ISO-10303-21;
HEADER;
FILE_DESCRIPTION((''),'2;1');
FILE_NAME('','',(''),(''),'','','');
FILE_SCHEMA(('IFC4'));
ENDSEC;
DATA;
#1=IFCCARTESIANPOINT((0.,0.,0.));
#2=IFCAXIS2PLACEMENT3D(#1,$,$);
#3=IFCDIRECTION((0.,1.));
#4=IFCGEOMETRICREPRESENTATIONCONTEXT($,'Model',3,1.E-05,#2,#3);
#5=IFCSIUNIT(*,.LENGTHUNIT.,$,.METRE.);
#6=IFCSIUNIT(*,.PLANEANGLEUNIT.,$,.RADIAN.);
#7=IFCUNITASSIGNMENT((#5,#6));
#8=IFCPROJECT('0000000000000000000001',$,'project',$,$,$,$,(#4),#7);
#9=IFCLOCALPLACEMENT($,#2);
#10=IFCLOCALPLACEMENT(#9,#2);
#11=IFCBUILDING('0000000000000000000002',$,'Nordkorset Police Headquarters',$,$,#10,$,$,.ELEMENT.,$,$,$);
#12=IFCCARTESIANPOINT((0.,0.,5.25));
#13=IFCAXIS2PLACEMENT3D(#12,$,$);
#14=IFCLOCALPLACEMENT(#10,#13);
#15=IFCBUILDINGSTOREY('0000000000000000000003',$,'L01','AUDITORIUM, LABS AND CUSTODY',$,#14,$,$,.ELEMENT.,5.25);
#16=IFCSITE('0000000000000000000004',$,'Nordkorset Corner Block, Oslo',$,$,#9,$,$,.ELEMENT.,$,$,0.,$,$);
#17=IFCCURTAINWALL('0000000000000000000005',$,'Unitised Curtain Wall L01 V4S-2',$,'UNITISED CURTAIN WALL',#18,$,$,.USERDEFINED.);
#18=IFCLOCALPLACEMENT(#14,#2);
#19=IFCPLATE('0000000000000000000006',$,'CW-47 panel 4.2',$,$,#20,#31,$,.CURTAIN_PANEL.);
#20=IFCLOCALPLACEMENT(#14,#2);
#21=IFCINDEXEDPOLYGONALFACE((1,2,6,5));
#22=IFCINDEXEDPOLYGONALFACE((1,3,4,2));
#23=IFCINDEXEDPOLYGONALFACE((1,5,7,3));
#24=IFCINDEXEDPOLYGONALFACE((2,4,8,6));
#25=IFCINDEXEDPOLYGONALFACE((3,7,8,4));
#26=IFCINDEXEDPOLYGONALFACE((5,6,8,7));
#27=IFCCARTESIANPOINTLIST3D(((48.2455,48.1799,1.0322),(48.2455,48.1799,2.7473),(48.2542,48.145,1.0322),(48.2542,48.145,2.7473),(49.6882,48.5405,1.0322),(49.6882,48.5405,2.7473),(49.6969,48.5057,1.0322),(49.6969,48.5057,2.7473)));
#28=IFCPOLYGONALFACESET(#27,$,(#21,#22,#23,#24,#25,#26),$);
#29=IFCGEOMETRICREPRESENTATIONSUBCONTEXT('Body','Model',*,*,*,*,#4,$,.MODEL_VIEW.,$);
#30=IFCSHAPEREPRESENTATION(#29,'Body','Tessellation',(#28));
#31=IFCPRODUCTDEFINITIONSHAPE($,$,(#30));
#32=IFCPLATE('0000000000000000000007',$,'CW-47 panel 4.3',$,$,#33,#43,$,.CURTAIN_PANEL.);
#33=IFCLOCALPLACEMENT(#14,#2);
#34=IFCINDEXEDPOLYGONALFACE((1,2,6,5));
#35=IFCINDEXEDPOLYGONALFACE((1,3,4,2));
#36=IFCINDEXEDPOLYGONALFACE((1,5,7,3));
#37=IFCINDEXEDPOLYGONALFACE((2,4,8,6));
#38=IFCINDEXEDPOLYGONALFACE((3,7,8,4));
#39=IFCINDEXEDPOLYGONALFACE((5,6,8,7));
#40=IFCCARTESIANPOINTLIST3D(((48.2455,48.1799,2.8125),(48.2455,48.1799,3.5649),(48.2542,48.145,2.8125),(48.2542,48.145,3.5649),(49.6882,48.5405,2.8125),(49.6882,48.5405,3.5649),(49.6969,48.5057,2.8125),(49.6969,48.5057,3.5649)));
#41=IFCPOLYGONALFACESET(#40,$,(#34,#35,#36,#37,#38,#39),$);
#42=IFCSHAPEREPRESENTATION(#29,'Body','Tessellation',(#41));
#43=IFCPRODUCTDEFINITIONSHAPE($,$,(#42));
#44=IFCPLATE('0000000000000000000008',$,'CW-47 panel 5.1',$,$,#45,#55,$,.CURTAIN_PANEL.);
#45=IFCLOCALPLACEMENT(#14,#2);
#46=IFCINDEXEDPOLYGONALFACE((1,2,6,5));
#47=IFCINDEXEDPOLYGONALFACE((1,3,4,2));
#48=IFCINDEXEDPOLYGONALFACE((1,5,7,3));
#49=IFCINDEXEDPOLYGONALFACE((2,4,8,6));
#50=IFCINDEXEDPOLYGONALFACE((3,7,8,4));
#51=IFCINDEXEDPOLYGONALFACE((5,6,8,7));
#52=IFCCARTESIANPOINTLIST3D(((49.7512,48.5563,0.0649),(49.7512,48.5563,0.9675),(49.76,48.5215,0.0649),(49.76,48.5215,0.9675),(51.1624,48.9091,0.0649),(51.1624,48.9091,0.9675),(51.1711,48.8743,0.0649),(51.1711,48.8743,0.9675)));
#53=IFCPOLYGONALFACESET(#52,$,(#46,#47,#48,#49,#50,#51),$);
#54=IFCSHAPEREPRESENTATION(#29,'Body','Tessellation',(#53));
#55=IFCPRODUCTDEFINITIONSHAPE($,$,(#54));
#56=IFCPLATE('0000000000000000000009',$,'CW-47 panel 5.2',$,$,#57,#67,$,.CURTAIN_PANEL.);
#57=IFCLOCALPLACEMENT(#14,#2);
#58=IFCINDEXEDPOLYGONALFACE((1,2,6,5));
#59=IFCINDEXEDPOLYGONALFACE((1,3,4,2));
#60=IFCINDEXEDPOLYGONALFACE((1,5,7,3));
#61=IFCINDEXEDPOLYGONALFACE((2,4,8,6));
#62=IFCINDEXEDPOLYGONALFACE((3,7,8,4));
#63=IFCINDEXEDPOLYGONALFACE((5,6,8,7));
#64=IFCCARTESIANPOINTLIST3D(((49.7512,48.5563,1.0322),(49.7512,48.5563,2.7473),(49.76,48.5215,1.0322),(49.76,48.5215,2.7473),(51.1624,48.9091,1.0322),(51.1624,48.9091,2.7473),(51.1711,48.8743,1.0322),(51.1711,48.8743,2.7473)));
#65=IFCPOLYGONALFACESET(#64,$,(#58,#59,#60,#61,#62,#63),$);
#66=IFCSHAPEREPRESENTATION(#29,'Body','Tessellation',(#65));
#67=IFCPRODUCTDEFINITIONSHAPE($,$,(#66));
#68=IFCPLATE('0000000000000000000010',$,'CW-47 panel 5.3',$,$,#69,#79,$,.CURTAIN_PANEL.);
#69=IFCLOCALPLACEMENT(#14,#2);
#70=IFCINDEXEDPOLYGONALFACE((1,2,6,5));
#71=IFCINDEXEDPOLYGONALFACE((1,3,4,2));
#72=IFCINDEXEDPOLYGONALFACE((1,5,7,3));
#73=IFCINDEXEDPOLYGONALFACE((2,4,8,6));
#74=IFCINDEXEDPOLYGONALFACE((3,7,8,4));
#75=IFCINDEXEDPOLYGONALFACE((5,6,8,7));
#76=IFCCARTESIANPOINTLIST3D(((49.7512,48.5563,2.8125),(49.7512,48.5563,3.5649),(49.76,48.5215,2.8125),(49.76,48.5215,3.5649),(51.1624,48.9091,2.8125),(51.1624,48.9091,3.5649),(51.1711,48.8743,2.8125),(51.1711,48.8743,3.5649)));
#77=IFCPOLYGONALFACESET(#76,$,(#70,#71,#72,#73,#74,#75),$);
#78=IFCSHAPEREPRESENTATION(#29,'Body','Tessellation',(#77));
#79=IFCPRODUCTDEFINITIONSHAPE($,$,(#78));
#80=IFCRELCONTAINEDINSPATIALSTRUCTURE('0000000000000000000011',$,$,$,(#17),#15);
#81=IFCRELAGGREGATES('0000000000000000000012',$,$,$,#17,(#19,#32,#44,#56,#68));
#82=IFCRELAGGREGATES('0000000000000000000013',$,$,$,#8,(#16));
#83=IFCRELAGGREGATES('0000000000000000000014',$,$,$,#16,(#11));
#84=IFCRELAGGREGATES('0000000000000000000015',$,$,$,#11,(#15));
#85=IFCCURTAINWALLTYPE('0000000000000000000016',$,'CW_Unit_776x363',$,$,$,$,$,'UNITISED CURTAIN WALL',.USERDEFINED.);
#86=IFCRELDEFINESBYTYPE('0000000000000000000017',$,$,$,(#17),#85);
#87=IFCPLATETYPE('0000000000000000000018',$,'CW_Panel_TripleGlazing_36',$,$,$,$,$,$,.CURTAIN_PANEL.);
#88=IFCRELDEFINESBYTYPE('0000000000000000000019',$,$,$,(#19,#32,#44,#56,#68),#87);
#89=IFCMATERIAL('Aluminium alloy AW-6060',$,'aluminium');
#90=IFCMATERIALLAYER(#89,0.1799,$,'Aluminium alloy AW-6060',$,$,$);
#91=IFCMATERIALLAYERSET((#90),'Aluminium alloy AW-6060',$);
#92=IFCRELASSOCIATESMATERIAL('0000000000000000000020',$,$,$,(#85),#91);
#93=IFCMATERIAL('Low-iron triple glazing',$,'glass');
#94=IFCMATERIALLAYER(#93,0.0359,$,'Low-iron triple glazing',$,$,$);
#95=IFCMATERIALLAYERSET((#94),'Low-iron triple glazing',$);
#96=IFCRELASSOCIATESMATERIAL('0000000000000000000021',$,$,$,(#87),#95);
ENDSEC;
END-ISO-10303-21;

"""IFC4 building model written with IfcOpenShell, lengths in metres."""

from ifc_helpers import new_model, si_unit, direction, frame, origin, origin_2d, place, context, subcontext, project, spatial, rectangle, extrude, material, layer, layer_set, type_object, element, aggregate, save


model = new_model("IFC4")

# Units and contexts
model_context = context("Model", 3, precision=1e-05, world=origin(), true_north=direction((0.0, 1.0)))
body_context = subcontext(model_context, "Body", "Model", "MODEL_VIEW")
ifc_project = project(units=[si_unit("LENGTHUNIT", "METRE"), si_unit("PLANEANGLEUNIT", "RADIAN")], contexts=[model_context])

# Site, building, storey
site_placement = place(None, origin())
site = spatial("IfcSite", under=ifc_project, at=site_placement, Name="Nordkorset Corner Block, Oslo", CompositionType="ELEMENT", RefElevation=0.0)
building_placement = place(site_placement, origin())
building = spatial("IfcBuilding", under=site, at=building_placement, Name="Nordkorset Police Headquarters", CompositionType="ELEMENT")
storey_placement = place(building_placement, frame((0.0, 0.0, 5.25)))
storey = spatial("IfcBuildingStorey", under=building, at=storey_placement, Name="L01", Description="AUDITORIUM, LABS AND CUSTODY", CompositionType="ELEMENT", Elevation=5.25)

# Curtain wall
ifc_material_1 = material(Name="Aluminium alloy AW-6060", Category="aluminium")
ifc_layer_1 = layer(ifc_material_1, 0.1799, Name="Aluminium alloy AW-6060")
ifc_layer_set_1 = layer_set([ifc_layer_1], Name="Aluminium alloy AW-6060")
curtain_wall_type_1 = type_object("IfcCurtainWallType", Name="CW_Unit_776x363", ElementType="UNITISED CURTAIN WALL", PredefinedType="USERDEFINED", material=ifc_layer_set_1)
curtain_wall_1_placement = place(storey_placement, origin())
curtain_wall_1 = element("IfcCurtainWall", 1, at=curtain_wall_1_placement, inside=storey, type_object=curtain_wall_type_1, Name="Unitised Curtain Wall L01 V4S-2", ObjectType="UNITISED CURTAIN WALL", PredefinedType="USERDEFINED")

# Plates
ifc_material_2 = material(Name="Low-iron triple glazing", Category="glass")
ifc_layer_2 = layer(ifc_material_2, 0.0359, Name="Low-iron triple glazing")
ifc_layer_set_2 = layer_set([ifc_layer_2], Name="Low-iron triple glazing")
plate_type = type_object("IfcPlateType", Name="CW_Panel_TripleGlazing_36", PredefinedType="CURTAIN_PANEL", material=ifc_layer_set_2)
plate_1_placement = place(storey_placement, frame((48.9712, 48.3428, 1.0322), z_axis=(0.0, 0.0, 1.0), x_axis=(0.970143, 0.242535, 0.0)))
plate_1 = element("IfcPlate", 2, at=plate_1_placement, type_object=plate_type, Name="CW-47 panel 4.2", PredefinedType="CURTAIN_PANEL", context=body_context, shape_type="SweptSolid", body=[
    extrude(rectangle(XDim=1.4871, YDim=0.0359, at=origin_2d()), origin(), (0.0, 0.0, 1.0), 1.7151),
])
plate_2_placement = place(storey_placement, frame((48.9712, 48.3428, 2.8125), z_axis=(0.0, 0.0, 1.0), x_axis=(0.970143, 0.242535, 0.0)))
plate_2 = element("IfcPlate", 3, at=plate_2_placement, type_object=plate_type, Name="CW-47 panel 4.3", PredefinedType="CURTAIN_PANEL", context=body_context, shape_type="SweptSolid", body=[
    extrude(rectangle(XDim=1.4871, YDim=0.0359, at=origin_2d()), origin(), (0.0, 0.0, 1.0), 0.7524),
])
plate_3_placement = place(storey_placement, frame((50.4612, 48.7153, 0.0649), z_axis=(0.0, 0.0, 1.0), x_axis=(0.970143, 0.242535, 0.0)))
plate_3 = element("IfcPlate", 4, at=plate_3_placement, type_object=plate_type, Name="CW-47 panel 5.1", PredefinedType="CURTAIN_PANEL", context=body_context, shape_type="SweptSolid", body=[
    extrude(rectangle(XDim=1.4546, YDim=0.0359, at=origin_2d()), origin(), (0.0, 0.0, 1.0), 0.9026),
])
plate_4_placement = place(storey_placement, frame((50.4612, 48.7153, 1.0322), z_axis=(0.0, 0.0, 1.0), x_axis=(0.970143, 0.242535, 0.0)))
plate_4 = element("IfcPlate", 5, at=plate_4_placement, type_object=plate_type, Name="CW-47 panel 5.2", PredefinedType="CURTAIN_PANEL", context=body_context, shape_type="SweptSolid", body=[
    extrude(rectangle(XDim=1.4546, YDim=0.0359, at=origin_2d()), origin(), (0.0, 0.0, 1.0), 1.7151),
])
plate_5_placement = place(storey_placement, frame((50.4612, 48.7153, 2.8125), z_axis=(0.0, 0.0, 1.0), x_axis=(0.970143, 0.242535, 0.0)))
plate_5 = element("IfcPlate", 6, at=plate_5_placement, type_object=plate_type, Name="CW-47 panel 5.3", PredefinedType="CURTAIN_PANEL", context=body_context, shape_type="SweptSolid", body=[
    extrude(rectangle(XDim=1.4546, YDim=0.0359, at=origin_2d()), origin(), (0.0, 0.0, 1.0), 0.7524),
])
aggregate(curtain_wall_1, [plate_1, plate_2, plate_3, plate_4, plate_5])

save(model, "model.ifc")
